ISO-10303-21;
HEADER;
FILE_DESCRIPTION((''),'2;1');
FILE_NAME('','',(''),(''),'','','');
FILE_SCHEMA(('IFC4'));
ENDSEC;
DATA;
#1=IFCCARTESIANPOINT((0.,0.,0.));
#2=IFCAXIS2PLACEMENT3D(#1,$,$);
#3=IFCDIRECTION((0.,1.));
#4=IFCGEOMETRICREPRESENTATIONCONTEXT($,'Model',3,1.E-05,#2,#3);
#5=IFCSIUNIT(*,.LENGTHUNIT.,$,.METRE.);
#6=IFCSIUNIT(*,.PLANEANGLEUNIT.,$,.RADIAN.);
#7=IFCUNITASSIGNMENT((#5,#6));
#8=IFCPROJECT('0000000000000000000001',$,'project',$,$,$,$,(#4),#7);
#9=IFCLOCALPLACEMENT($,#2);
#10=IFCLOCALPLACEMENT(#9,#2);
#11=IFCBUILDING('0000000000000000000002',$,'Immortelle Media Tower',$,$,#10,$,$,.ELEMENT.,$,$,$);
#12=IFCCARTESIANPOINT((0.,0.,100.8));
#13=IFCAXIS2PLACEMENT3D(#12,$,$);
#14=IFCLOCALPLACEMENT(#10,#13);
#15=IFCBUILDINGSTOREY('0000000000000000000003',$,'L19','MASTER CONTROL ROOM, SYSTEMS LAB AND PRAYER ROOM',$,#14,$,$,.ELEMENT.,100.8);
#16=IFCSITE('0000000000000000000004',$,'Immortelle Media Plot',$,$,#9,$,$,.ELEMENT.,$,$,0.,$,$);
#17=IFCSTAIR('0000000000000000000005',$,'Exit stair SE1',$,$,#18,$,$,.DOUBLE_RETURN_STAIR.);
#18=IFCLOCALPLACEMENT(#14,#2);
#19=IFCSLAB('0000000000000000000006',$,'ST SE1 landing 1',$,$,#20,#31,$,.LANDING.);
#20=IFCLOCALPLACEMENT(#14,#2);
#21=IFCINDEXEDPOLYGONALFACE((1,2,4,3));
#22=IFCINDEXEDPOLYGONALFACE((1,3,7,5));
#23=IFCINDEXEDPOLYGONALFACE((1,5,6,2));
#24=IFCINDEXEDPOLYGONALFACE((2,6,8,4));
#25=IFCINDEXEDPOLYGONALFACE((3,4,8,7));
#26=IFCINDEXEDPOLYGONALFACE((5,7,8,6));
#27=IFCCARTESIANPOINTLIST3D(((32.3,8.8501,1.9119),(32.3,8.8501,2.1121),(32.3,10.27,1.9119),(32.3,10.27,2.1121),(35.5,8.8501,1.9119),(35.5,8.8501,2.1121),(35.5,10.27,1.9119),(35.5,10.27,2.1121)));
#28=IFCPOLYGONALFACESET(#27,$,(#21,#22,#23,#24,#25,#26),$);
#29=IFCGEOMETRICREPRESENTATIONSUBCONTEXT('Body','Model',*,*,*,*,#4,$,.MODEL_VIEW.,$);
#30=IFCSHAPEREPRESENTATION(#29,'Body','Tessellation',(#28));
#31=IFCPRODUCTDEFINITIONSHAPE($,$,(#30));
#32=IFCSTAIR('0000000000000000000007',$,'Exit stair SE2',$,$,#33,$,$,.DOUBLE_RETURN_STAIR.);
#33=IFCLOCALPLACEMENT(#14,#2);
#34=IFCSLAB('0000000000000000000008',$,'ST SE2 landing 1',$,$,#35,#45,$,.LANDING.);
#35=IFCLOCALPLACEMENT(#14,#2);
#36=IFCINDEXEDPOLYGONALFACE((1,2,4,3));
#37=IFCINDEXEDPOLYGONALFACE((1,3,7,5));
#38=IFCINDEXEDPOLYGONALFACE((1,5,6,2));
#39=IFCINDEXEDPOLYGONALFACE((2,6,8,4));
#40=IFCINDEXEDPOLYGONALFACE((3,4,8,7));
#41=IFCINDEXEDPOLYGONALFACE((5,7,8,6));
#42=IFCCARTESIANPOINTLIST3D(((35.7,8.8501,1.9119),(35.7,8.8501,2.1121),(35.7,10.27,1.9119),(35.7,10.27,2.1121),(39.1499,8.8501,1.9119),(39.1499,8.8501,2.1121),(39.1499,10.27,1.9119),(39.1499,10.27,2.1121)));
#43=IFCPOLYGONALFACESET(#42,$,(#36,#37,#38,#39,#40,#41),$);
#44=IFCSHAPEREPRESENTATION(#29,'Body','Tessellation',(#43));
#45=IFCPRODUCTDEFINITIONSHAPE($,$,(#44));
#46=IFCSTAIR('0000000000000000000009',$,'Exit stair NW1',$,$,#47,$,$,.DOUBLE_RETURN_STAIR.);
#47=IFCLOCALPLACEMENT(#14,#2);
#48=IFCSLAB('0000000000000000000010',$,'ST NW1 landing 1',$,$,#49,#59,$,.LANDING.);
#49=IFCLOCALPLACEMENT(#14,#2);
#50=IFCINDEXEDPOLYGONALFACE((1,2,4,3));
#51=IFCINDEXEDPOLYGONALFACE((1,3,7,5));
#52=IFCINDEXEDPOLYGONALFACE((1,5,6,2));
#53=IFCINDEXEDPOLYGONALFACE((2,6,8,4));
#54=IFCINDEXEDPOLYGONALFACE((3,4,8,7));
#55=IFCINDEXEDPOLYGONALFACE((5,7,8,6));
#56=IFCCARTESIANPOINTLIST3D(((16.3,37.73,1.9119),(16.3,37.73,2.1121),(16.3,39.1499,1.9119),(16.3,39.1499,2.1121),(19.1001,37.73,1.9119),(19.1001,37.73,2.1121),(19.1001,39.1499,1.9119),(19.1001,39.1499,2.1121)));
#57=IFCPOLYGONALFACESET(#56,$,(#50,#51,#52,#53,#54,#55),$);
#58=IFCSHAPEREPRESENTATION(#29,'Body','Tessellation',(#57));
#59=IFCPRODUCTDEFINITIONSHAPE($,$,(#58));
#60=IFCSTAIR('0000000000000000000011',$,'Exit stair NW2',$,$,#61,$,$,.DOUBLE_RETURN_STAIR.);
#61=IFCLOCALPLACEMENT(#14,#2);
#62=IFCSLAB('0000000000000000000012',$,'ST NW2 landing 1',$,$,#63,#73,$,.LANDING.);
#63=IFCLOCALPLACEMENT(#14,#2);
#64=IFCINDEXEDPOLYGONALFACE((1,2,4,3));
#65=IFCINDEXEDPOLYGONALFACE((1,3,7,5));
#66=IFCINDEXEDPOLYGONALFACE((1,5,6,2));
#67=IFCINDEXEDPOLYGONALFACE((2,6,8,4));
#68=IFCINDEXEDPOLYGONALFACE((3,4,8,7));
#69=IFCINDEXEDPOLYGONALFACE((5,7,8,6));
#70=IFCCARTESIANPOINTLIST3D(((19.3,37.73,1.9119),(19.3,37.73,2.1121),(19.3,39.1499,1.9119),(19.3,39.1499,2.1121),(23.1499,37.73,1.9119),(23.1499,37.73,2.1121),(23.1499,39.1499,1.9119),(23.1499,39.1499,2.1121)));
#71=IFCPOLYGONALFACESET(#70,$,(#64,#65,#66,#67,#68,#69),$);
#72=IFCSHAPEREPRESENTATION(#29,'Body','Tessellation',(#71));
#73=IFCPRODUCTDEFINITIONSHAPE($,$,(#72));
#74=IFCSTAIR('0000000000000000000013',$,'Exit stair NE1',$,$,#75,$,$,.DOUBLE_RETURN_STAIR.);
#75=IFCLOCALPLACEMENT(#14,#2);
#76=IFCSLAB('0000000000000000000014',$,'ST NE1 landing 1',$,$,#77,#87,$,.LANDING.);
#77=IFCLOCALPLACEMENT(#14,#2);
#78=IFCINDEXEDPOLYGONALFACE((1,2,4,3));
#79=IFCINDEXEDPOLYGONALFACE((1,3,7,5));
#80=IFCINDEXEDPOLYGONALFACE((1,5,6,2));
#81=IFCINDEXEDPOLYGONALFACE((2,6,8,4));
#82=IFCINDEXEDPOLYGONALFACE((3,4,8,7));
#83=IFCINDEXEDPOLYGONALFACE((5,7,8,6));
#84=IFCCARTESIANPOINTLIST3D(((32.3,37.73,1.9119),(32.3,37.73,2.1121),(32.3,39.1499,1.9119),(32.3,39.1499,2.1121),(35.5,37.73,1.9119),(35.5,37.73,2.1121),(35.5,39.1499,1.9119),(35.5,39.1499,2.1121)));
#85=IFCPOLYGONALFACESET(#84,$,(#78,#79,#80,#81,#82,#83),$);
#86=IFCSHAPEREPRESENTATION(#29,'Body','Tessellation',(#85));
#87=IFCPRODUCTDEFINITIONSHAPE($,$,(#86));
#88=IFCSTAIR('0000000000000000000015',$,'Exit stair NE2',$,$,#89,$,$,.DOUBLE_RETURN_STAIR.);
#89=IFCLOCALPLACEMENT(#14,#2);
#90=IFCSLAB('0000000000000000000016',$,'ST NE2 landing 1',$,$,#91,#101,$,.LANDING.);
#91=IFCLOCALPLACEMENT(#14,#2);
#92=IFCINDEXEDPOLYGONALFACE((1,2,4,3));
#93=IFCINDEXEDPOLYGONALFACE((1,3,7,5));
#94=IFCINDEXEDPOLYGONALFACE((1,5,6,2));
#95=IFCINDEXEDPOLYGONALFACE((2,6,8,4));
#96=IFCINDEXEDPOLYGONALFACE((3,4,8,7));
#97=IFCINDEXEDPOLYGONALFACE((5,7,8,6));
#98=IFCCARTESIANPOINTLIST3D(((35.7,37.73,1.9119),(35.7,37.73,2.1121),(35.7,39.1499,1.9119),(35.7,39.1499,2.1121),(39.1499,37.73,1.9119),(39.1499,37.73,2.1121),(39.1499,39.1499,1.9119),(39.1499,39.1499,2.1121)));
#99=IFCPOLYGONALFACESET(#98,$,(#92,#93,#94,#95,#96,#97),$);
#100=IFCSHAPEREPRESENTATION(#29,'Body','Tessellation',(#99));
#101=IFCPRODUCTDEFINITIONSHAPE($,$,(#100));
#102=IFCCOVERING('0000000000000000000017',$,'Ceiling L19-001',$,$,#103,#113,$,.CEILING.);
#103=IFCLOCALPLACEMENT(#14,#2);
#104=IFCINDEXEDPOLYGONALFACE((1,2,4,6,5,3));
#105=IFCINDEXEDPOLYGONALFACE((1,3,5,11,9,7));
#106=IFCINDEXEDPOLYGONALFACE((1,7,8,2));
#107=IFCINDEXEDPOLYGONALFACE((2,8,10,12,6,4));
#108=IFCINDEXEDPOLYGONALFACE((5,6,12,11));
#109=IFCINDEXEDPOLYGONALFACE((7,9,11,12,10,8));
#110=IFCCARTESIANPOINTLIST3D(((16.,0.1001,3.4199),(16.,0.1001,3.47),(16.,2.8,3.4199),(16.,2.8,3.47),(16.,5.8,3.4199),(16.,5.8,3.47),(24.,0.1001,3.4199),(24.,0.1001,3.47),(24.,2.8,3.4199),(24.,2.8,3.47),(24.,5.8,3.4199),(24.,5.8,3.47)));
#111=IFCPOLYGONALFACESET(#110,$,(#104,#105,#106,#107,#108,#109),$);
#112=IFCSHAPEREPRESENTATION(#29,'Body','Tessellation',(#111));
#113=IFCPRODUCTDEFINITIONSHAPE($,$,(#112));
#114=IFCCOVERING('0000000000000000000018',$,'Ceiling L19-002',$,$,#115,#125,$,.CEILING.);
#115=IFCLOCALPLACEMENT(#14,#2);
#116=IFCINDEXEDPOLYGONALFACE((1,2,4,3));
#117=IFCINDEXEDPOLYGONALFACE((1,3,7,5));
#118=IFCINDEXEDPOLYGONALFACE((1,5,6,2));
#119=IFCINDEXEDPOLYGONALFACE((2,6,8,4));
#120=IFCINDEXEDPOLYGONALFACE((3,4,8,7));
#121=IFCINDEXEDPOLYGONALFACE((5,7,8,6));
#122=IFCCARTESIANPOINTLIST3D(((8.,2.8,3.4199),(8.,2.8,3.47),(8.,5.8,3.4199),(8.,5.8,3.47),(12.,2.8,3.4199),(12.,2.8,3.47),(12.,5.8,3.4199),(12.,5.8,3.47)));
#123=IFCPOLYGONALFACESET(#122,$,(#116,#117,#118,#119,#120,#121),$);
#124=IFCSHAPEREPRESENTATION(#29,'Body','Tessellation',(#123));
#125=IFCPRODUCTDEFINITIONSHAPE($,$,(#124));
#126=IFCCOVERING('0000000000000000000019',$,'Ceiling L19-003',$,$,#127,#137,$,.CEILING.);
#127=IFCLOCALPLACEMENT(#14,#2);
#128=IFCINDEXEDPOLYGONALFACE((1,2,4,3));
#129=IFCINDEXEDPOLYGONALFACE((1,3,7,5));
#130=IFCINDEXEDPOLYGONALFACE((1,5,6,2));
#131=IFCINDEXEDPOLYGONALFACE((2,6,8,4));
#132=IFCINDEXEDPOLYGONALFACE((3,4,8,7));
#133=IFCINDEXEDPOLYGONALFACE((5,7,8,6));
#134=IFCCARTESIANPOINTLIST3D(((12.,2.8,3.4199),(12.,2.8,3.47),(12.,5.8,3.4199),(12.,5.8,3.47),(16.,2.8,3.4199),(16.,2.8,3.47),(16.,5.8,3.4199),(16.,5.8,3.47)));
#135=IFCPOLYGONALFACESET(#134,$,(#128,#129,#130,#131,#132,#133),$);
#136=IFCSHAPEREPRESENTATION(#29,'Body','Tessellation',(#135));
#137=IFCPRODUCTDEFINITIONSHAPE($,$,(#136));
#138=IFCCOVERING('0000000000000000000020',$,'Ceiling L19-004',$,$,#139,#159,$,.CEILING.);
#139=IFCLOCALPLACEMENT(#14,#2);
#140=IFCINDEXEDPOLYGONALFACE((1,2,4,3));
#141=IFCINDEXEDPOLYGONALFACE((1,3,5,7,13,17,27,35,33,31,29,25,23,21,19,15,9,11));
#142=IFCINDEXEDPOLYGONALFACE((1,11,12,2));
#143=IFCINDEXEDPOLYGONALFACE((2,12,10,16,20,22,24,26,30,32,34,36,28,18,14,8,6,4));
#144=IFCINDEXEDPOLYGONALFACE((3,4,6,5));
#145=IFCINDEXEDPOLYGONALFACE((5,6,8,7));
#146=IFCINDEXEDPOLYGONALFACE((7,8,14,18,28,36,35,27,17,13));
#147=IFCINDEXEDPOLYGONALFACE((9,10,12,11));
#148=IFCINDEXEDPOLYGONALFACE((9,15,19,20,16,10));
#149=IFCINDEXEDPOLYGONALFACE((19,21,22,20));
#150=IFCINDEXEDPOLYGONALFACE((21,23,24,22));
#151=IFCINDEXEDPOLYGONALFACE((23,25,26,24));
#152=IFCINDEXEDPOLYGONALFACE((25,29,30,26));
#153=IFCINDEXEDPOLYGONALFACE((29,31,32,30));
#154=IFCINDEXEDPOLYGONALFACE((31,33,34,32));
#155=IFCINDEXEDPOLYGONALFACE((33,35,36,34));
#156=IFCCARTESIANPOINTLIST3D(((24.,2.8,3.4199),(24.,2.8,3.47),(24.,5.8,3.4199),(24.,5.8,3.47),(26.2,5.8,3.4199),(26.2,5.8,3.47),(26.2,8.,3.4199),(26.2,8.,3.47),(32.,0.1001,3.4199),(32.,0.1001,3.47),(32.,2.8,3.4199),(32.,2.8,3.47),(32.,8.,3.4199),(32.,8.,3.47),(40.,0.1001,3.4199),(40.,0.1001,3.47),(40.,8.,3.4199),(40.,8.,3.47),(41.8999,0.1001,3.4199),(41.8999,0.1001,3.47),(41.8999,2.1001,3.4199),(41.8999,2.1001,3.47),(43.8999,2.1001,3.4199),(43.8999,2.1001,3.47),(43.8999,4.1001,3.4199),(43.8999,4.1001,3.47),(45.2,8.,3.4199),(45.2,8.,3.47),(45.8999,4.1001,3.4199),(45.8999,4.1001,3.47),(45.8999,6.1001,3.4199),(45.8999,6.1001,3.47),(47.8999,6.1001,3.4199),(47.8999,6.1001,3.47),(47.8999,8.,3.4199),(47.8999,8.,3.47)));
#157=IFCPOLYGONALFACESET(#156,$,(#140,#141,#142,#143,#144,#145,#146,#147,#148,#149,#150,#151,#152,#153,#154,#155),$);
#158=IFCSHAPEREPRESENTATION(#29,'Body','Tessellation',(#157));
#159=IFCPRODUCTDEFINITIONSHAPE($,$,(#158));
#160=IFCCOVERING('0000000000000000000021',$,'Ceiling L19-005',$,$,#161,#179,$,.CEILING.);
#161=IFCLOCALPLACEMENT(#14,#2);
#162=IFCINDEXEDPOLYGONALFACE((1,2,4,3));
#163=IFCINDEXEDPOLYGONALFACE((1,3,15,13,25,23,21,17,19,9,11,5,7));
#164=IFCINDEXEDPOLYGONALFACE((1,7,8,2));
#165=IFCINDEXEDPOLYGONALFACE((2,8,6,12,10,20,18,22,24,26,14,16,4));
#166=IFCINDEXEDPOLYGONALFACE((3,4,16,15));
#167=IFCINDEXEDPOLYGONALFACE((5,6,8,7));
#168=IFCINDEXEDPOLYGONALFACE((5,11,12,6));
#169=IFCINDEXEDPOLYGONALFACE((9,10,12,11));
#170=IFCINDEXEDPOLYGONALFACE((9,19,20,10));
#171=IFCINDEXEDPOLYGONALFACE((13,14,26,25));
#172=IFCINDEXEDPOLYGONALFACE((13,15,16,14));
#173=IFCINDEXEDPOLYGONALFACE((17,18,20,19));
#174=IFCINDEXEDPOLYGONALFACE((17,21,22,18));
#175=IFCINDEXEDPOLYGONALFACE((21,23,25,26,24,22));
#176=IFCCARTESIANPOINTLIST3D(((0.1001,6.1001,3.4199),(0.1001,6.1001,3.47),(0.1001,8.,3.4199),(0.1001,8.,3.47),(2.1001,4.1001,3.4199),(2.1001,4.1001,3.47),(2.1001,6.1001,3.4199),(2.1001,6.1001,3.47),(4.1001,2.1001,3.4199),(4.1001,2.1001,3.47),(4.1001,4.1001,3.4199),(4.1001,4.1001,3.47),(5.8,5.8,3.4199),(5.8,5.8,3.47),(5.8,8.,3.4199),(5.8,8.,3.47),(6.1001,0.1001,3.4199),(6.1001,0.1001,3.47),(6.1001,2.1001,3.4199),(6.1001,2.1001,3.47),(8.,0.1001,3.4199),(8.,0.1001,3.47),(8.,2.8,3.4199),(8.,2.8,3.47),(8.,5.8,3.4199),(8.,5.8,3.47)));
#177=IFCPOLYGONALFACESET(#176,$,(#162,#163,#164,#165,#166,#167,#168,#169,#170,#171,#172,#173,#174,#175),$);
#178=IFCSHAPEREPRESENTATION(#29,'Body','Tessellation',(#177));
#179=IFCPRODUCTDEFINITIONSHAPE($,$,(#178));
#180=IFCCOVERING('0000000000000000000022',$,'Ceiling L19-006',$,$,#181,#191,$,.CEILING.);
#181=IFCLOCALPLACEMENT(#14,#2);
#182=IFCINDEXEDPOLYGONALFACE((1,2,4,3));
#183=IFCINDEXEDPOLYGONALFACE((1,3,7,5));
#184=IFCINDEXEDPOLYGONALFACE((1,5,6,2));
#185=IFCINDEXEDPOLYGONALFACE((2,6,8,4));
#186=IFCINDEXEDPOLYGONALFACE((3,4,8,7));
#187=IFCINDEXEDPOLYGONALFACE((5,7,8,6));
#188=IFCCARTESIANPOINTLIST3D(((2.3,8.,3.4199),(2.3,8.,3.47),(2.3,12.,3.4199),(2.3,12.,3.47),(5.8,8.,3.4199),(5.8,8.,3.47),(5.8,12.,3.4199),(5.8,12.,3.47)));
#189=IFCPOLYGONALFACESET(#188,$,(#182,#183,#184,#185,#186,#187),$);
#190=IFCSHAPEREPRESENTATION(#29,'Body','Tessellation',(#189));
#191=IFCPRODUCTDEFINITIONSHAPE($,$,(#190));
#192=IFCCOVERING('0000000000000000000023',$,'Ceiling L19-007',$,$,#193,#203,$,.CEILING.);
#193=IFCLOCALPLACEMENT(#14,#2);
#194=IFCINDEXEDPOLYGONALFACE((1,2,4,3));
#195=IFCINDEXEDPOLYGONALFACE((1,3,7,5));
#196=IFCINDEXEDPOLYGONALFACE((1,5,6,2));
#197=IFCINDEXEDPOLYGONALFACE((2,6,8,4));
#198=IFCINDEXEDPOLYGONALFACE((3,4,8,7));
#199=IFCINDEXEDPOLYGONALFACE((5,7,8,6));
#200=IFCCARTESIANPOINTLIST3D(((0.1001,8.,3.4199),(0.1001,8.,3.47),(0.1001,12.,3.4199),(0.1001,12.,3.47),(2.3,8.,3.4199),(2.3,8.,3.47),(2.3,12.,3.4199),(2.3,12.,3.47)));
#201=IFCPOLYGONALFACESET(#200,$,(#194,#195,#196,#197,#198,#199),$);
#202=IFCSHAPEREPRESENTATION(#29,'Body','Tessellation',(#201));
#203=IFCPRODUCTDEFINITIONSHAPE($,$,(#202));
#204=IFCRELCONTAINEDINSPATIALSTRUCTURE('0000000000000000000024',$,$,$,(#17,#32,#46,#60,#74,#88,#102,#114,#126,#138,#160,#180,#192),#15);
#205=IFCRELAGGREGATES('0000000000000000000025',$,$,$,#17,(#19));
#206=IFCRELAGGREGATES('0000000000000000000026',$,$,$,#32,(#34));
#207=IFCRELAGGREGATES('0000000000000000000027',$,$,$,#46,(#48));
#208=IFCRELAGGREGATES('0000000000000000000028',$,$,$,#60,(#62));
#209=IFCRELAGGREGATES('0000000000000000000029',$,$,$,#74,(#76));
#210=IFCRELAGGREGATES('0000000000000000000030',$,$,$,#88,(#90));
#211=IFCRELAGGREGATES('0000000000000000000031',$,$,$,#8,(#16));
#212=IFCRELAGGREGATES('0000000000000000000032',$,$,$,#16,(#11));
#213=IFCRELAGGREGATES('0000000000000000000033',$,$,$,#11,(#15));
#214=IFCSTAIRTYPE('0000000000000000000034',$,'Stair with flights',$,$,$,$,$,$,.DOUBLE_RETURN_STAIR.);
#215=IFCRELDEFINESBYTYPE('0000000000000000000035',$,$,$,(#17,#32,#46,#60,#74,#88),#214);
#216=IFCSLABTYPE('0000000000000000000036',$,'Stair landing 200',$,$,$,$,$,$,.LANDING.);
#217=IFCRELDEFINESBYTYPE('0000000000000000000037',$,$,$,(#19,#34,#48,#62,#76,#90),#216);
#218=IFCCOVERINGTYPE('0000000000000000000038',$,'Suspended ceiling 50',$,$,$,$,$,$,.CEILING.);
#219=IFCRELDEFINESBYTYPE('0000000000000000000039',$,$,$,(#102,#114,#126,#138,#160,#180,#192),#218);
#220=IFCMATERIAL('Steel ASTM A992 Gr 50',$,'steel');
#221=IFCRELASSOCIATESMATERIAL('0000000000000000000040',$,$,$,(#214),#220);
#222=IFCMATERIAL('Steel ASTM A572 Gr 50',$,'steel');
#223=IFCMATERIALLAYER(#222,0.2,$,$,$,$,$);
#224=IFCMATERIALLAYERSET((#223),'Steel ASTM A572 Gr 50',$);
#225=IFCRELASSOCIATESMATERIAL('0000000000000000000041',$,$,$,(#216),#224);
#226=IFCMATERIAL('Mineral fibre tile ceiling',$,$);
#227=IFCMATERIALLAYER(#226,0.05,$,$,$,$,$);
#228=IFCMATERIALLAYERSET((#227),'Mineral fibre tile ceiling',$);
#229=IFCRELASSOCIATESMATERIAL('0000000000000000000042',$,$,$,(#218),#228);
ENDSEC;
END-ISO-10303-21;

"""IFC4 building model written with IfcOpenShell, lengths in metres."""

from ifc_helpers import new_model, si_unit, direction, frame, origin, place, context, subcontext, project, spatial, polyline, outline, extrude, material, layer, layer_set, type_object, element, aggregate, save


model = new_model("IFC4")

# Units and contexts
model_context = context("Model", 3, precision=1e-05, world=origin(), true_north=direction((0.0, 1.0)))
body_context = subcontext(model_context, "Body", "Model", "MODEL_VIEW")
ifc_project = project(units=[si_unit("LENGTHUNIT", "METRE"), si_unit("PLANEANGLEUNIT", "RADIAN")], contexts=[model_context])

# Site, building, storey
site_placement = place(None, origin())
site = spatial("IfcSite", under=ifc_project, at=site_placement, Name="Immortelle Media Plot", CompositionType="ELEMENT", RefElevation=0.0)
building_placement = place(site_placement, origin())
building = spatial("IfcBuilding", under=site, at=building_placement, Name="Immortelle Media Tower", CompositionType="ELEMENT")
storey_placement = place(building_placement, frame((0.0, 0.0, 100.8)))
storey = spatial("IfcBuildingStorey", under=building, at=storey_placement, Name="L19", Description="MASTER CONTROL ROOM, SYSTEMS LAB AND PRAYER ROOM", CompositionType="ELEMENT", Elevation=100.8)

# Stairs, slabs
ifc_material_1 = material(Name="Steel ASTM A992 Gr 50", Category="steel")
stair_type = type_object("IfcStairType", Name="Stair with flights", PredefinedType="DOUBLE_RETURN_STAIR", material=ifc_material_1)
ifc_material_2 = material(Name="Steel ASTM A572 Gr 50", Category="steel")
ifc_layer_1 = layer(ifc_material_2, 0.2)
ifc_layer_set_1 = layer_set([ifc_layer_1], Name="Steel ASTM A572 Gr 50")
slab_type_1 = type_object("IfcSlabType", Name="Stair landing 200", PredefinedType="LANDING", material=ifc_layer_set_1)
stair_1_placement = place(storey_placement, origin())
stair_1 = element("IfcStair", 1, at=stair_1_placement, inside=storey, type_object=stair_type, Name="Exit stair SE1", PredefinedType="DOUBLE_RETURN_STAIR")
slab_1_placement = place(storey_placement, frame((0.0, 0.0, 1.9119)))
slab_1 = element("IfcSlab", 2, at=slab_1_placement, type_object=slab_type_1, Name="ST SE1 landing 1", PredefinedType="LANDING", context=body_context, shape_type="SweptSolid", body=[
    extrude(outline(polyline([(32.3, 8.8501), (35.5, 8.8501), (35.5, 10.27), (32.3, 10.27), (32.3, 8.8501)])), origin(), (0.0, 0.0, 1.0), 0.2002),
])
aggregate(stair_1, [slab_1])
stair_2_placement = place(storey_placement, origin())
stair_2 = element("IfcStair", 3, at=stair_2_placement, inside=storey, type_object=stair_type, Name="Exit stair SE2", PredefinedType="DOUBLE_RETURN_STAIR")
slab_2_placement = place(storey_placement, frame((0.0, 0.0, 1.9119)))
slab_2 = element("IfcSlab", 4, at=slab_2_placement, type_object=slab_type_1, Name="ST SE2 landing 1", PredefinedType="LANDING", context=body_context, shape_type="SweptSolid", body=[
    extrude(outline(polyline([(35.7, 8.8501), (39.1499, 8.8501), (39.1499, 10.27), (35.7, 10.27), (35.7, 8.8501)])), origin(), (0.0, 0.0, 1.0), 0.2002),
])
aggregate(stair_2, [slab_2])
stair_3_placement = place(storey_placement, origin())
stair_3 = element("IfcStair", 5, at=stair_3_placement, inside=storey, type_object=stair_type, Name="Exit stair NW1", PredefinedType="DOUBLE_RETURN_STAIR")
slab_3_placement = place(storey_placement, frame((0.0, 0.0, 1.9119)))
slab_3 = element("IfcSlab", 6, at=slab_3_placement, type_object=slab_type_1, Name="ST NW1 landing 1", PredefinedType="LANDING", context=body_context, shape_type="SweptSolid", body=[
    extrude(outline(polyline([(16.3, 37.73), (19.1001, 37.73), (19.1001, 39.1499), (16.3, 39.1499), (16.3, 37.73)])), origin(), (0.0, 0.0, 1.0), 0.2002),
])
aggregate(stair_3, [slab_3])
stair_4_placement = place(storey_placement, origin())
stair_4 = element("IfcStair", 7, at=stair_4_placement, inside=storey, type_object=stair_type, Name="Exit stair NW2", PredefinedType="DOUBLE_RETURN_STAIR")
slab_4_placement = place(storey_placement, frame((0.0, 0.0, 1.9119)))
slab_4 = element("IfcSlab", 8, at=slab_4_placement, type_object=slab_type_1, Name="ST NW2 landing 1", PredefinedType="LANDING", context=body_context, shape_type="SweptSolid", body=[
    extrude(outline(polyline([(19.3, 37.73), (23.1499, 37.73), (23.1499, 39.1499), (19.3, 39.1499), (19.3, 37.73)])), origin(), (0.0, 0.0, 1.0), 0.2002),
])
aggregate(stair_4, [slab_4])
stair_5_placement = place(storey_placement, origin())
stair_5 = element("IfcStair", 9, at=stair_5_placement, inside=storey, type_object=stair_type, Name="Exit stair NE1", PredefinedType="DOUBLE_RETURN_STAIR")
slab_5_placement = place(storey_placement, frame((0.0, 0.0, 1.9119)))
slab_5 = element("IfcSlab", 10, at=slab_5_placement, type_object=slab_type_1, Name="ST NE1 landing 1", PredefinedType="LANDING", context=body_context, shape_type="SweptSolid", body=[
    extrude(outline(polyline([(32.3, 37.73), (35.5, 37.73), (35.5, 39.1499), (32.3, 39.1499), (32.3, 37.73)])), origin(), (0.0, 0.0, 1.0), 0.2002),
])
aggregate(stair_5, [slab_5])
stair_6_placement = place(storey_placement, origin())
stair_6 = element("IfcStair", 11, at=stair_6_placement, inside=storey, type_object=stair_type, Name="Exit stair NE2", PredefinedType="DOUBLE_RETURN_STAIR")
slab_6_placement = place(storey_placement, frame((0.0, 0.0, 1.9119)))
slab_6 = element("IfcSlab", 12, at=slab_6_placement, type_object=slab_type_1, Name="ST NE2 landing 1", PredefinedType="LANDING", context=body_context, shape_type="SweptSolid", body=[
    extrude(outline(polyline([(35.7, 37.73), (39.1499, 37.73), (39.1499, 39.1499), (35.7, 39.1499), (35.7, 37.73)])), origin(), (0.0, 0.0, 1.0), 0.2002),
])
aggregate(stair_6, [slab_6])

# Coverings
ifc_material_3 = material(Name="Mineral fibre tile ceiling")
ifc_layer_2 = layer(ifc_material_3, 0.05)
ifc_layer_set_2 = layer_set([ifc_layer_2], Name="Mineral fibre tile ceiling")
covering_type = type_object("IfcCoveringType", Name="Suspended ceiling 50", PredefinedType="CEILING", material=ifc_layer_set_2)
covering_1_placement = place(storey_placement, frame((0.0, 0.0, 3.4199)))
element("IfcCovering", 13, at=covering_1_placement, inside=storey, type_object=covering_type, Name="Ceiling L19-001", PredefinedType="CEILING", context=body_context, shape_type="SweptSolid", body=[
    extrude(outline(polyline([(16.0, 0.1001), (16.0, 2.8), (16.0, 5.8), (24.0, 5.8), (24.0, 2.8), (24.0, 0.1001), (16.0, 0.1001)])), origin(), (0.0, 0.0, 1.0), 0.05),
])
covering_2_placement = place(storey_placement, frame((0.0, 0.0, 3.4199)))
element("IfcCovering", 14, at=covering_2_placement, inside=storey, type_object=covering_type, Name="Ceiling L19-002", PredefinedType="CEILING", context=body_context, shape_type="SweptSolid", body=[
    extrude(outline(polyline([(8.0, 5.8), (12.0, 5.8), (12.0, 2.8), (8.0, 2.8), (8.0, 5.8)])), origin(), (0.0, 0.0, 1.0), 0.05),
])
covering_3_placement = place(storey_placement, frame((0.0, 0.0, 3.4199)))
element("IfcCovering", 15, at=covering_3_placement, inside=storey, type_object=covering_type, Name="Ceiling L19-003", PredefinedType="CEILING", context=body_context, shape_type="SweptSolid", body=[
    extrude(outline(polyline([(16.0, 5.8), (16.0, 2.8), (12.0, 2.8), (12.0, 5.8), (16.0, 5.8)])), origin(), (0.0, 0.0, 1.0), 0.05),
])
covering_4_placement = place(storey_placement, frame((0.0, 0.0, 3.4199)))
element("IfcCovering", 16, at=covering_4_placement, inside=storey, type_object=covering_type, Name="Ceiling L19-004", PredefinedType="CEILING", context=body_context, shape_type="SweptSolid", body=[
    extrude(outline(polyline([(24.0, 2.8), (24.0, 5.8), (26.2, 5.8), (26.2, 8.0), (32.0, 8.0), (40.0, 8.0), (45.2, 8.0), (47.8999, 8.0), (47.8999, 6.1001), (45.8999, 6.1001), (45.8999, 4.1001), (43.8999, 4.1001), (43.8999, 2.1001), (41.8999, 2.1001), (41.8999, 0.1001), (40.0, 0.1001), (32.0, 0.1001), (32.0, 2.8), (24.0, 2.8)])), origin(), (0.0, 0.0, 1.0), 0.05),
])
covering_5_placement = place(storey_placement, frame((0.0, 0.0, 3.4199)))
element("IfcCovering", 17, at=covering_5_placement, inside=storey, type_object=covering_type, Name="Ceiling L19-005", PredefinedType="CEILING", context=body_context, shape_type="SweptSolid", body=[
    extrude(outline(polyline([(4.1001, 2.1001), (4.1001, 4.1001), (2.1001, 4.1001), (2.1001, 6.1001), (0.1001, 6.1001), (0.1001, 8.0), (5.8, 8.0), (5.8, 5.8), (8.0, 5.8), (8.0, 2.8), (8.0, 0.1001), (6.1001, 0.1001), (6.1001, 2.1001), (4.1001, 2.1001)])), origin(), (0.0, 0.0, 1.0), 0.05),
])
covering_6_placement = place(storey_placement, frame((0.0, 0.0, 3.4199)))
element("IfcCovering", 18, at=covering_6_placement, inside=storey, type_object=covering_type, Name="Ceiling L19-006", PredefinedType="CEILING", context=body_context, shape_type="SweptSolid", body=[
    extrude(outline(polyline([(5.8, 12.0), (5.8, 8.0), (2.3, 8.0), (2.3, 12.0), (5.8, 12.0)])), origin(), (0.0, 0.0, 1.0), 0.05),
])
covering_7_placement = place(storey_placement, frame((0.0, 0.0, 3.4199)))
element("IfcCovering", 19, at=covering_7_placement, inside=storey, type_object=covering_type, Name="Ceiling L19-007", PredefinedType="CEILING", context=body_context, shape_type="SweptSolid", body=[
    extrude(outline(polyline([(2.3, 12.0), (2.3, 8.0), (0.1001, 8.0), (0.1001, 12.0), (2.3, 12.0)])), origin(), (0.0, 0.0, 1.0), 0.05),
])

save(model, "model.ifc")
